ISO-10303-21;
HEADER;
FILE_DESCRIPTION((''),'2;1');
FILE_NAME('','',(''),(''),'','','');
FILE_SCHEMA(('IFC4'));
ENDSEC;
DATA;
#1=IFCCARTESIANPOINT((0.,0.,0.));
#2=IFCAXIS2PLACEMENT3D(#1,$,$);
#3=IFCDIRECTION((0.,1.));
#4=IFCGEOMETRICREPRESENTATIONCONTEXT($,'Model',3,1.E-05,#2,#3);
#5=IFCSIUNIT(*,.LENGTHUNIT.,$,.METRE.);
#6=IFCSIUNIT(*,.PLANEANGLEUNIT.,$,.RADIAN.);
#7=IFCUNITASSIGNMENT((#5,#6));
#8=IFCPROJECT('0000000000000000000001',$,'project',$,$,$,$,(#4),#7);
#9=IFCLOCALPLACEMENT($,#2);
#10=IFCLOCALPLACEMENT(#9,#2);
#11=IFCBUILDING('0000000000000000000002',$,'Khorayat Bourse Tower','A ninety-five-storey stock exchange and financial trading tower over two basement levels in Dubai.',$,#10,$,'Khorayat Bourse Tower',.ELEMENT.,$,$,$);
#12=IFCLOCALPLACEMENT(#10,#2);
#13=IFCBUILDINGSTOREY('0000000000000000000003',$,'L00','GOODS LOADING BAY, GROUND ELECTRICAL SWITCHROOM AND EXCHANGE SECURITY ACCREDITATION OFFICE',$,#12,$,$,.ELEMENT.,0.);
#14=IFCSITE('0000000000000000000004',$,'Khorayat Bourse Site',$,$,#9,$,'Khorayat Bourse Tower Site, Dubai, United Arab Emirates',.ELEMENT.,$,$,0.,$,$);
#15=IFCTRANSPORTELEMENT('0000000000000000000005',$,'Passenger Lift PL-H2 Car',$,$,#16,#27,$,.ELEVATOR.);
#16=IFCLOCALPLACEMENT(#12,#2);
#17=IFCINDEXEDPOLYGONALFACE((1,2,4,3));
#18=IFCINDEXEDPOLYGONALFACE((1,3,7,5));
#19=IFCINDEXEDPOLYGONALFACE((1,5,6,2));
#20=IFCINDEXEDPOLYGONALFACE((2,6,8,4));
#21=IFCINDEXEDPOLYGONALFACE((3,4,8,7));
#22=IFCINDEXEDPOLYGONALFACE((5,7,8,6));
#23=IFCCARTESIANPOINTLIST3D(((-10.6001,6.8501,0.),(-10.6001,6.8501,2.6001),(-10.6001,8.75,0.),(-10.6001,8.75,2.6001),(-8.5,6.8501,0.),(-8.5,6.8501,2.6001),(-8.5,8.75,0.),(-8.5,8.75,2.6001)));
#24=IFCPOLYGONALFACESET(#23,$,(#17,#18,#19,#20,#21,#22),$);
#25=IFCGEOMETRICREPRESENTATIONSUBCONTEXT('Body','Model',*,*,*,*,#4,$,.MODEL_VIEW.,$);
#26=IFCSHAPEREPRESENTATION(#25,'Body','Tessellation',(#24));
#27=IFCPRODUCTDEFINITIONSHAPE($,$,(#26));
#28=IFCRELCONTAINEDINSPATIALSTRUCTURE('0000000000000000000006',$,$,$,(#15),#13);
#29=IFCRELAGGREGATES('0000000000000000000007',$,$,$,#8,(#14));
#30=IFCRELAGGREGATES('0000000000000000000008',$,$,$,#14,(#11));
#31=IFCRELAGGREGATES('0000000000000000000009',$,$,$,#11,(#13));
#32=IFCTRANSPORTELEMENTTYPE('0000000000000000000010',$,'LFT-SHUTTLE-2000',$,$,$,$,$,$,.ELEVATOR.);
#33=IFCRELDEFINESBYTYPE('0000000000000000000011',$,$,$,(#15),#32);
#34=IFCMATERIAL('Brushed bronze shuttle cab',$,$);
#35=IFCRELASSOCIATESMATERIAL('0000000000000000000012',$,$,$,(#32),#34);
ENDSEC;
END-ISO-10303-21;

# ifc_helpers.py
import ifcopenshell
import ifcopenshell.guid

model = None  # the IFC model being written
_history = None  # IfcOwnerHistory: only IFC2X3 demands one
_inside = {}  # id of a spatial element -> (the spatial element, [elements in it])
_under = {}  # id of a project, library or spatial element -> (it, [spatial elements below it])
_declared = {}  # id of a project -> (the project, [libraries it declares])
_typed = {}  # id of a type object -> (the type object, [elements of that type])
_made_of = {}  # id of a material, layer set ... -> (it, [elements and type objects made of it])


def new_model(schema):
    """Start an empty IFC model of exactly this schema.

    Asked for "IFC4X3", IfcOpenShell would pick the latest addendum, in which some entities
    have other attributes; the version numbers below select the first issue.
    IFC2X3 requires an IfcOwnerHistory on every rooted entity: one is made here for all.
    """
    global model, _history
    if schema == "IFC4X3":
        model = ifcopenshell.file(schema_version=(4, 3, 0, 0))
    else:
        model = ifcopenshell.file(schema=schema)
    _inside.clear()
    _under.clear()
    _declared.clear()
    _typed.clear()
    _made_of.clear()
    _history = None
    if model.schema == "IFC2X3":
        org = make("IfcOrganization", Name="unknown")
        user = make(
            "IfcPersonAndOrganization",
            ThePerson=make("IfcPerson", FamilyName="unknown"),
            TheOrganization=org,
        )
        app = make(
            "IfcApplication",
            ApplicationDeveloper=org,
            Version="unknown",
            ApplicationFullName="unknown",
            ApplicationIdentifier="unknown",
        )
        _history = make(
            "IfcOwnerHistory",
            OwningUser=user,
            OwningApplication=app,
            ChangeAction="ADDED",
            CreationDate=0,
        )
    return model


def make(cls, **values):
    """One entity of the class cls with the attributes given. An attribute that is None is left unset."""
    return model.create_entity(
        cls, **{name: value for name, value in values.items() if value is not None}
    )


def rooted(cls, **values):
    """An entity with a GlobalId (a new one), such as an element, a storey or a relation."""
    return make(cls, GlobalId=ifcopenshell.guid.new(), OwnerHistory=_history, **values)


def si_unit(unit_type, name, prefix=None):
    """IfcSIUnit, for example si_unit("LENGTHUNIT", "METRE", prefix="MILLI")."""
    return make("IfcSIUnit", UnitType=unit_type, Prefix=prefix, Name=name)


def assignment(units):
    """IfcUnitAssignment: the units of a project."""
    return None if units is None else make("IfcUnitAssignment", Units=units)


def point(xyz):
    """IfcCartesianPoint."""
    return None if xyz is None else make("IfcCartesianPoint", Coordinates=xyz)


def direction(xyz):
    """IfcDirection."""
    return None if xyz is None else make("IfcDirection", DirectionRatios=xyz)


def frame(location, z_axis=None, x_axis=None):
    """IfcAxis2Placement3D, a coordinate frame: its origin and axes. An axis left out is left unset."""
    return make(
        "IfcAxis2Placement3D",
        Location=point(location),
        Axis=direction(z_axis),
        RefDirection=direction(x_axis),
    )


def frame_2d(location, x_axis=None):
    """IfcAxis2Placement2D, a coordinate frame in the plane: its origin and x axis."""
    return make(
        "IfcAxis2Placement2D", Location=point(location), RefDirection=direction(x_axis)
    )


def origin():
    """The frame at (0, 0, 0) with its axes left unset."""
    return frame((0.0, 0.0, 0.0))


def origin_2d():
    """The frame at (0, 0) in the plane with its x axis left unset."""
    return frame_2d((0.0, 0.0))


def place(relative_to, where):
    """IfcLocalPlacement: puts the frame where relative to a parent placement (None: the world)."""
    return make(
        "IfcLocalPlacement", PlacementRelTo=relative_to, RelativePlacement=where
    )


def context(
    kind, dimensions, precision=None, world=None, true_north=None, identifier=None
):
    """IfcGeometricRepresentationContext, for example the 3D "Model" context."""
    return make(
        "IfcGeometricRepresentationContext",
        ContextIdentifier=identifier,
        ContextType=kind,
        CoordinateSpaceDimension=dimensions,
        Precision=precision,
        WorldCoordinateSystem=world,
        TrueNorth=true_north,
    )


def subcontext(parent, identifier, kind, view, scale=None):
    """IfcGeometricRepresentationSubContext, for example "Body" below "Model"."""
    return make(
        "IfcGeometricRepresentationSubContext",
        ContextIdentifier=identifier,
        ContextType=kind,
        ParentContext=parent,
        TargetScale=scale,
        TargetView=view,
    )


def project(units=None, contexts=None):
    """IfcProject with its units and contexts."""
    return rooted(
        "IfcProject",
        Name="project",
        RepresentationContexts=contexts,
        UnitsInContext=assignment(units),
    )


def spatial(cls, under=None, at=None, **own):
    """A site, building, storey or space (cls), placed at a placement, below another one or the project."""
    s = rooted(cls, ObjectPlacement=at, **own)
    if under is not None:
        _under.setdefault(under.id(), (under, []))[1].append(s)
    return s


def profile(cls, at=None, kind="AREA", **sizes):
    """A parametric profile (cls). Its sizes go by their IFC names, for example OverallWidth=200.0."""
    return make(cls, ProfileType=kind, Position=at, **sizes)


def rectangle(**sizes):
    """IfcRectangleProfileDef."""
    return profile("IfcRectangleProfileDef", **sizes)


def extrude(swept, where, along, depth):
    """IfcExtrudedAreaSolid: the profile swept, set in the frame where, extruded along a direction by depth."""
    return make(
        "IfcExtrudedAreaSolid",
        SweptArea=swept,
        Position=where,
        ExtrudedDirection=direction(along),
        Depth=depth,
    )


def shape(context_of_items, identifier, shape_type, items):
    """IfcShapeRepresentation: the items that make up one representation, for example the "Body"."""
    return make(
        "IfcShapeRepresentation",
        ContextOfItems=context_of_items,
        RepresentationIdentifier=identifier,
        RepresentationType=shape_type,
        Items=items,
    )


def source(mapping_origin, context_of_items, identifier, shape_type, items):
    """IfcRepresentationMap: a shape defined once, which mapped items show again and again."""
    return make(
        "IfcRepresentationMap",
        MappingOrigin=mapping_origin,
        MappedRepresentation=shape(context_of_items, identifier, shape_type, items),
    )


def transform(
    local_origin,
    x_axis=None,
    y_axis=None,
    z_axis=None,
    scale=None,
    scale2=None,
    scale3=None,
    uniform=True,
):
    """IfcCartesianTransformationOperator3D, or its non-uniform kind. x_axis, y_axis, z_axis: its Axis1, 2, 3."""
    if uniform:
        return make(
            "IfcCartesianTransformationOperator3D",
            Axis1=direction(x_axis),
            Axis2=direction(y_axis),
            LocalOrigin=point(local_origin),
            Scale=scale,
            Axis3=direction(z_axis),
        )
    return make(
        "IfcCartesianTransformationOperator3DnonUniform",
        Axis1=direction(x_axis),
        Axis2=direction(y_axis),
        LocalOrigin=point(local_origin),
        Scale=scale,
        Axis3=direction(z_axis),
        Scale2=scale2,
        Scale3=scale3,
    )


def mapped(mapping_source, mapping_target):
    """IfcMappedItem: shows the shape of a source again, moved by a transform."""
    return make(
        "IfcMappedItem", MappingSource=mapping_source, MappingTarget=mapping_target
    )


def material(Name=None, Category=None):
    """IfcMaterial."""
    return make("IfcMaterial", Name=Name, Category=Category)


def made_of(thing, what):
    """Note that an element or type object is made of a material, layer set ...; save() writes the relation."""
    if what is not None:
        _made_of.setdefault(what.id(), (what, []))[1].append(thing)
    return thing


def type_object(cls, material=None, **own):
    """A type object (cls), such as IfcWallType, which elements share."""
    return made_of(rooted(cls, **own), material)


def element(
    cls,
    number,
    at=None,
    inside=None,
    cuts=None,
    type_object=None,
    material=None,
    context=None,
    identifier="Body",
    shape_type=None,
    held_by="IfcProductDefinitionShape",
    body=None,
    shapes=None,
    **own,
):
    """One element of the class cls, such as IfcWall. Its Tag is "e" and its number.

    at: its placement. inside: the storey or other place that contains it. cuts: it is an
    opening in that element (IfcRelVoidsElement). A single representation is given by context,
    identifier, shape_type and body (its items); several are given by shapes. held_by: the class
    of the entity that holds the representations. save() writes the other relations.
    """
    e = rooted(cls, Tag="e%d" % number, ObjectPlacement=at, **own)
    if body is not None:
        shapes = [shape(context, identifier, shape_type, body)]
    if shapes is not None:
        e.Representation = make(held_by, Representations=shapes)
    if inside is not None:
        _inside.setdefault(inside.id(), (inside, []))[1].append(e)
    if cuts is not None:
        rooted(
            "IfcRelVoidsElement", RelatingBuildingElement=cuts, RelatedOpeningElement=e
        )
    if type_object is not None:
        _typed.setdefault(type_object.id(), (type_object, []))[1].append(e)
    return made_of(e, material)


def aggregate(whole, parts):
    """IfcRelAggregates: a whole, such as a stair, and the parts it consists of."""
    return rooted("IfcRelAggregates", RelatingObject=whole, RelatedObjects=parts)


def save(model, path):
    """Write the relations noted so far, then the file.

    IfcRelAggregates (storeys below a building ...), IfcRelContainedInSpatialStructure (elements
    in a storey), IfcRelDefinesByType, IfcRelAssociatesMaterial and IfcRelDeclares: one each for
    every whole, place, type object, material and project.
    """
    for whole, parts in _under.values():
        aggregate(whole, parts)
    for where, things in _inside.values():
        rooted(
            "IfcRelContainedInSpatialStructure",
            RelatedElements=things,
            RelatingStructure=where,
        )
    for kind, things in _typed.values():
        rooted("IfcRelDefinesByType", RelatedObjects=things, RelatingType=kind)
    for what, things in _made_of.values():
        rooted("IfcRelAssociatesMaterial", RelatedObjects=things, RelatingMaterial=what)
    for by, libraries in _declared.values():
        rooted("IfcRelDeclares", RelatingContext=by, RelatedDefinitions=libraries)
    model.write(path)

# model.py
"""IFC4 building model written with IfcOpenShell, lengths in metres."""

from ifc_helpers import new_model, si_unit, direction, frame, origin, origin_2d, place, context, subcontext, project, spatial, rectangle, extrude, source, transform, mapped, material, type_object, element, save


model = new_model("IFC4")

# Units and contexts
model_context = context("Model", 3, precision=1e-05, world=origin(), true_north=direction((0.0, 1.0)))
body_context = subcontext(model_context, "Body", "Model", "MODEL_VIEW")
ifc_project = project(units=[si_unit("LENGTHUNIT", "METRE"), si_unit("PLANEANGLEUNIT", "RADIAN")], contexts=[model_context])

# Site, building, storey
site_placement = place(None, origin())
site = spatial("IfcSite", under=ifc_project, at=site_placement, Name="Khorayat Bourse Site", LongName="Khorayat Bourse Tower Site, Dubai, United Arab Emirates", CompositionType="ELEMENT", RefElevation=0.0)
building_placement = place(site_placement, origin())
building = spatial("IfcBuilding", under=site, at=building_placement, Name="Khorayat Bourse Tower", Description="A ninety-five-storey stock exchange and financial trading tower over two basement levels in Dubai.", LongName="Khorayat Bourse Tower", CompositionType="ELEMENT")
storey_placement = place(building_placement, origin())
storey = spatial("IfcBuildingStorey", under=building, at=storey_placement, Name="L00", Description="GOODS LOADING BAY, GROUND ELECTRICAL SWITCHROOM AND EXCHANGE SECURITY ACCREDITATION OFFICE", CompositionType="ELEMENT", Elevation=0.0)

# Transport element
ifc_material_1 = material(Name="Brushed bronze shuttle cab")
transport_element_type = type_object("IfcTransportElementType", Name="LFT-SHUTTLE-2000", PredefinedType="ELEVATOR", material=ifc_material_1)
shared_shape_1 = source(origin(), body_context, "Body", "SweptSolid", [
    extrude(rectangle(XDim=2.1001, YDim=1.8999, at=origin_2d()), origin(), (0.0, 0.0, 1.0), 2.6001),
])
for number, where, z_axis, x_axis, name in (
    (1, (-9.55, 7.8, 0.0), (0.0, 0.0, 1.0), (1.0, 0.0, 0.0), "Passenger Lift PL-H2 Car"),
):
    element("IfcTransportElement", number, at=place(storey_placement, frame(where, z_axis=z_axis, x_axis=x_axis)), inside=storey, type_object=transport_element_type, Name=name, PredefinedType="ELEVATOR", context=body_context, shape_type="MappedRepresentation", body=[
        mapped(shared_shape_1, transform((0.0, 0.0, 0.0), scale=1.0)),
    ])

save(model, "model.ifc")
